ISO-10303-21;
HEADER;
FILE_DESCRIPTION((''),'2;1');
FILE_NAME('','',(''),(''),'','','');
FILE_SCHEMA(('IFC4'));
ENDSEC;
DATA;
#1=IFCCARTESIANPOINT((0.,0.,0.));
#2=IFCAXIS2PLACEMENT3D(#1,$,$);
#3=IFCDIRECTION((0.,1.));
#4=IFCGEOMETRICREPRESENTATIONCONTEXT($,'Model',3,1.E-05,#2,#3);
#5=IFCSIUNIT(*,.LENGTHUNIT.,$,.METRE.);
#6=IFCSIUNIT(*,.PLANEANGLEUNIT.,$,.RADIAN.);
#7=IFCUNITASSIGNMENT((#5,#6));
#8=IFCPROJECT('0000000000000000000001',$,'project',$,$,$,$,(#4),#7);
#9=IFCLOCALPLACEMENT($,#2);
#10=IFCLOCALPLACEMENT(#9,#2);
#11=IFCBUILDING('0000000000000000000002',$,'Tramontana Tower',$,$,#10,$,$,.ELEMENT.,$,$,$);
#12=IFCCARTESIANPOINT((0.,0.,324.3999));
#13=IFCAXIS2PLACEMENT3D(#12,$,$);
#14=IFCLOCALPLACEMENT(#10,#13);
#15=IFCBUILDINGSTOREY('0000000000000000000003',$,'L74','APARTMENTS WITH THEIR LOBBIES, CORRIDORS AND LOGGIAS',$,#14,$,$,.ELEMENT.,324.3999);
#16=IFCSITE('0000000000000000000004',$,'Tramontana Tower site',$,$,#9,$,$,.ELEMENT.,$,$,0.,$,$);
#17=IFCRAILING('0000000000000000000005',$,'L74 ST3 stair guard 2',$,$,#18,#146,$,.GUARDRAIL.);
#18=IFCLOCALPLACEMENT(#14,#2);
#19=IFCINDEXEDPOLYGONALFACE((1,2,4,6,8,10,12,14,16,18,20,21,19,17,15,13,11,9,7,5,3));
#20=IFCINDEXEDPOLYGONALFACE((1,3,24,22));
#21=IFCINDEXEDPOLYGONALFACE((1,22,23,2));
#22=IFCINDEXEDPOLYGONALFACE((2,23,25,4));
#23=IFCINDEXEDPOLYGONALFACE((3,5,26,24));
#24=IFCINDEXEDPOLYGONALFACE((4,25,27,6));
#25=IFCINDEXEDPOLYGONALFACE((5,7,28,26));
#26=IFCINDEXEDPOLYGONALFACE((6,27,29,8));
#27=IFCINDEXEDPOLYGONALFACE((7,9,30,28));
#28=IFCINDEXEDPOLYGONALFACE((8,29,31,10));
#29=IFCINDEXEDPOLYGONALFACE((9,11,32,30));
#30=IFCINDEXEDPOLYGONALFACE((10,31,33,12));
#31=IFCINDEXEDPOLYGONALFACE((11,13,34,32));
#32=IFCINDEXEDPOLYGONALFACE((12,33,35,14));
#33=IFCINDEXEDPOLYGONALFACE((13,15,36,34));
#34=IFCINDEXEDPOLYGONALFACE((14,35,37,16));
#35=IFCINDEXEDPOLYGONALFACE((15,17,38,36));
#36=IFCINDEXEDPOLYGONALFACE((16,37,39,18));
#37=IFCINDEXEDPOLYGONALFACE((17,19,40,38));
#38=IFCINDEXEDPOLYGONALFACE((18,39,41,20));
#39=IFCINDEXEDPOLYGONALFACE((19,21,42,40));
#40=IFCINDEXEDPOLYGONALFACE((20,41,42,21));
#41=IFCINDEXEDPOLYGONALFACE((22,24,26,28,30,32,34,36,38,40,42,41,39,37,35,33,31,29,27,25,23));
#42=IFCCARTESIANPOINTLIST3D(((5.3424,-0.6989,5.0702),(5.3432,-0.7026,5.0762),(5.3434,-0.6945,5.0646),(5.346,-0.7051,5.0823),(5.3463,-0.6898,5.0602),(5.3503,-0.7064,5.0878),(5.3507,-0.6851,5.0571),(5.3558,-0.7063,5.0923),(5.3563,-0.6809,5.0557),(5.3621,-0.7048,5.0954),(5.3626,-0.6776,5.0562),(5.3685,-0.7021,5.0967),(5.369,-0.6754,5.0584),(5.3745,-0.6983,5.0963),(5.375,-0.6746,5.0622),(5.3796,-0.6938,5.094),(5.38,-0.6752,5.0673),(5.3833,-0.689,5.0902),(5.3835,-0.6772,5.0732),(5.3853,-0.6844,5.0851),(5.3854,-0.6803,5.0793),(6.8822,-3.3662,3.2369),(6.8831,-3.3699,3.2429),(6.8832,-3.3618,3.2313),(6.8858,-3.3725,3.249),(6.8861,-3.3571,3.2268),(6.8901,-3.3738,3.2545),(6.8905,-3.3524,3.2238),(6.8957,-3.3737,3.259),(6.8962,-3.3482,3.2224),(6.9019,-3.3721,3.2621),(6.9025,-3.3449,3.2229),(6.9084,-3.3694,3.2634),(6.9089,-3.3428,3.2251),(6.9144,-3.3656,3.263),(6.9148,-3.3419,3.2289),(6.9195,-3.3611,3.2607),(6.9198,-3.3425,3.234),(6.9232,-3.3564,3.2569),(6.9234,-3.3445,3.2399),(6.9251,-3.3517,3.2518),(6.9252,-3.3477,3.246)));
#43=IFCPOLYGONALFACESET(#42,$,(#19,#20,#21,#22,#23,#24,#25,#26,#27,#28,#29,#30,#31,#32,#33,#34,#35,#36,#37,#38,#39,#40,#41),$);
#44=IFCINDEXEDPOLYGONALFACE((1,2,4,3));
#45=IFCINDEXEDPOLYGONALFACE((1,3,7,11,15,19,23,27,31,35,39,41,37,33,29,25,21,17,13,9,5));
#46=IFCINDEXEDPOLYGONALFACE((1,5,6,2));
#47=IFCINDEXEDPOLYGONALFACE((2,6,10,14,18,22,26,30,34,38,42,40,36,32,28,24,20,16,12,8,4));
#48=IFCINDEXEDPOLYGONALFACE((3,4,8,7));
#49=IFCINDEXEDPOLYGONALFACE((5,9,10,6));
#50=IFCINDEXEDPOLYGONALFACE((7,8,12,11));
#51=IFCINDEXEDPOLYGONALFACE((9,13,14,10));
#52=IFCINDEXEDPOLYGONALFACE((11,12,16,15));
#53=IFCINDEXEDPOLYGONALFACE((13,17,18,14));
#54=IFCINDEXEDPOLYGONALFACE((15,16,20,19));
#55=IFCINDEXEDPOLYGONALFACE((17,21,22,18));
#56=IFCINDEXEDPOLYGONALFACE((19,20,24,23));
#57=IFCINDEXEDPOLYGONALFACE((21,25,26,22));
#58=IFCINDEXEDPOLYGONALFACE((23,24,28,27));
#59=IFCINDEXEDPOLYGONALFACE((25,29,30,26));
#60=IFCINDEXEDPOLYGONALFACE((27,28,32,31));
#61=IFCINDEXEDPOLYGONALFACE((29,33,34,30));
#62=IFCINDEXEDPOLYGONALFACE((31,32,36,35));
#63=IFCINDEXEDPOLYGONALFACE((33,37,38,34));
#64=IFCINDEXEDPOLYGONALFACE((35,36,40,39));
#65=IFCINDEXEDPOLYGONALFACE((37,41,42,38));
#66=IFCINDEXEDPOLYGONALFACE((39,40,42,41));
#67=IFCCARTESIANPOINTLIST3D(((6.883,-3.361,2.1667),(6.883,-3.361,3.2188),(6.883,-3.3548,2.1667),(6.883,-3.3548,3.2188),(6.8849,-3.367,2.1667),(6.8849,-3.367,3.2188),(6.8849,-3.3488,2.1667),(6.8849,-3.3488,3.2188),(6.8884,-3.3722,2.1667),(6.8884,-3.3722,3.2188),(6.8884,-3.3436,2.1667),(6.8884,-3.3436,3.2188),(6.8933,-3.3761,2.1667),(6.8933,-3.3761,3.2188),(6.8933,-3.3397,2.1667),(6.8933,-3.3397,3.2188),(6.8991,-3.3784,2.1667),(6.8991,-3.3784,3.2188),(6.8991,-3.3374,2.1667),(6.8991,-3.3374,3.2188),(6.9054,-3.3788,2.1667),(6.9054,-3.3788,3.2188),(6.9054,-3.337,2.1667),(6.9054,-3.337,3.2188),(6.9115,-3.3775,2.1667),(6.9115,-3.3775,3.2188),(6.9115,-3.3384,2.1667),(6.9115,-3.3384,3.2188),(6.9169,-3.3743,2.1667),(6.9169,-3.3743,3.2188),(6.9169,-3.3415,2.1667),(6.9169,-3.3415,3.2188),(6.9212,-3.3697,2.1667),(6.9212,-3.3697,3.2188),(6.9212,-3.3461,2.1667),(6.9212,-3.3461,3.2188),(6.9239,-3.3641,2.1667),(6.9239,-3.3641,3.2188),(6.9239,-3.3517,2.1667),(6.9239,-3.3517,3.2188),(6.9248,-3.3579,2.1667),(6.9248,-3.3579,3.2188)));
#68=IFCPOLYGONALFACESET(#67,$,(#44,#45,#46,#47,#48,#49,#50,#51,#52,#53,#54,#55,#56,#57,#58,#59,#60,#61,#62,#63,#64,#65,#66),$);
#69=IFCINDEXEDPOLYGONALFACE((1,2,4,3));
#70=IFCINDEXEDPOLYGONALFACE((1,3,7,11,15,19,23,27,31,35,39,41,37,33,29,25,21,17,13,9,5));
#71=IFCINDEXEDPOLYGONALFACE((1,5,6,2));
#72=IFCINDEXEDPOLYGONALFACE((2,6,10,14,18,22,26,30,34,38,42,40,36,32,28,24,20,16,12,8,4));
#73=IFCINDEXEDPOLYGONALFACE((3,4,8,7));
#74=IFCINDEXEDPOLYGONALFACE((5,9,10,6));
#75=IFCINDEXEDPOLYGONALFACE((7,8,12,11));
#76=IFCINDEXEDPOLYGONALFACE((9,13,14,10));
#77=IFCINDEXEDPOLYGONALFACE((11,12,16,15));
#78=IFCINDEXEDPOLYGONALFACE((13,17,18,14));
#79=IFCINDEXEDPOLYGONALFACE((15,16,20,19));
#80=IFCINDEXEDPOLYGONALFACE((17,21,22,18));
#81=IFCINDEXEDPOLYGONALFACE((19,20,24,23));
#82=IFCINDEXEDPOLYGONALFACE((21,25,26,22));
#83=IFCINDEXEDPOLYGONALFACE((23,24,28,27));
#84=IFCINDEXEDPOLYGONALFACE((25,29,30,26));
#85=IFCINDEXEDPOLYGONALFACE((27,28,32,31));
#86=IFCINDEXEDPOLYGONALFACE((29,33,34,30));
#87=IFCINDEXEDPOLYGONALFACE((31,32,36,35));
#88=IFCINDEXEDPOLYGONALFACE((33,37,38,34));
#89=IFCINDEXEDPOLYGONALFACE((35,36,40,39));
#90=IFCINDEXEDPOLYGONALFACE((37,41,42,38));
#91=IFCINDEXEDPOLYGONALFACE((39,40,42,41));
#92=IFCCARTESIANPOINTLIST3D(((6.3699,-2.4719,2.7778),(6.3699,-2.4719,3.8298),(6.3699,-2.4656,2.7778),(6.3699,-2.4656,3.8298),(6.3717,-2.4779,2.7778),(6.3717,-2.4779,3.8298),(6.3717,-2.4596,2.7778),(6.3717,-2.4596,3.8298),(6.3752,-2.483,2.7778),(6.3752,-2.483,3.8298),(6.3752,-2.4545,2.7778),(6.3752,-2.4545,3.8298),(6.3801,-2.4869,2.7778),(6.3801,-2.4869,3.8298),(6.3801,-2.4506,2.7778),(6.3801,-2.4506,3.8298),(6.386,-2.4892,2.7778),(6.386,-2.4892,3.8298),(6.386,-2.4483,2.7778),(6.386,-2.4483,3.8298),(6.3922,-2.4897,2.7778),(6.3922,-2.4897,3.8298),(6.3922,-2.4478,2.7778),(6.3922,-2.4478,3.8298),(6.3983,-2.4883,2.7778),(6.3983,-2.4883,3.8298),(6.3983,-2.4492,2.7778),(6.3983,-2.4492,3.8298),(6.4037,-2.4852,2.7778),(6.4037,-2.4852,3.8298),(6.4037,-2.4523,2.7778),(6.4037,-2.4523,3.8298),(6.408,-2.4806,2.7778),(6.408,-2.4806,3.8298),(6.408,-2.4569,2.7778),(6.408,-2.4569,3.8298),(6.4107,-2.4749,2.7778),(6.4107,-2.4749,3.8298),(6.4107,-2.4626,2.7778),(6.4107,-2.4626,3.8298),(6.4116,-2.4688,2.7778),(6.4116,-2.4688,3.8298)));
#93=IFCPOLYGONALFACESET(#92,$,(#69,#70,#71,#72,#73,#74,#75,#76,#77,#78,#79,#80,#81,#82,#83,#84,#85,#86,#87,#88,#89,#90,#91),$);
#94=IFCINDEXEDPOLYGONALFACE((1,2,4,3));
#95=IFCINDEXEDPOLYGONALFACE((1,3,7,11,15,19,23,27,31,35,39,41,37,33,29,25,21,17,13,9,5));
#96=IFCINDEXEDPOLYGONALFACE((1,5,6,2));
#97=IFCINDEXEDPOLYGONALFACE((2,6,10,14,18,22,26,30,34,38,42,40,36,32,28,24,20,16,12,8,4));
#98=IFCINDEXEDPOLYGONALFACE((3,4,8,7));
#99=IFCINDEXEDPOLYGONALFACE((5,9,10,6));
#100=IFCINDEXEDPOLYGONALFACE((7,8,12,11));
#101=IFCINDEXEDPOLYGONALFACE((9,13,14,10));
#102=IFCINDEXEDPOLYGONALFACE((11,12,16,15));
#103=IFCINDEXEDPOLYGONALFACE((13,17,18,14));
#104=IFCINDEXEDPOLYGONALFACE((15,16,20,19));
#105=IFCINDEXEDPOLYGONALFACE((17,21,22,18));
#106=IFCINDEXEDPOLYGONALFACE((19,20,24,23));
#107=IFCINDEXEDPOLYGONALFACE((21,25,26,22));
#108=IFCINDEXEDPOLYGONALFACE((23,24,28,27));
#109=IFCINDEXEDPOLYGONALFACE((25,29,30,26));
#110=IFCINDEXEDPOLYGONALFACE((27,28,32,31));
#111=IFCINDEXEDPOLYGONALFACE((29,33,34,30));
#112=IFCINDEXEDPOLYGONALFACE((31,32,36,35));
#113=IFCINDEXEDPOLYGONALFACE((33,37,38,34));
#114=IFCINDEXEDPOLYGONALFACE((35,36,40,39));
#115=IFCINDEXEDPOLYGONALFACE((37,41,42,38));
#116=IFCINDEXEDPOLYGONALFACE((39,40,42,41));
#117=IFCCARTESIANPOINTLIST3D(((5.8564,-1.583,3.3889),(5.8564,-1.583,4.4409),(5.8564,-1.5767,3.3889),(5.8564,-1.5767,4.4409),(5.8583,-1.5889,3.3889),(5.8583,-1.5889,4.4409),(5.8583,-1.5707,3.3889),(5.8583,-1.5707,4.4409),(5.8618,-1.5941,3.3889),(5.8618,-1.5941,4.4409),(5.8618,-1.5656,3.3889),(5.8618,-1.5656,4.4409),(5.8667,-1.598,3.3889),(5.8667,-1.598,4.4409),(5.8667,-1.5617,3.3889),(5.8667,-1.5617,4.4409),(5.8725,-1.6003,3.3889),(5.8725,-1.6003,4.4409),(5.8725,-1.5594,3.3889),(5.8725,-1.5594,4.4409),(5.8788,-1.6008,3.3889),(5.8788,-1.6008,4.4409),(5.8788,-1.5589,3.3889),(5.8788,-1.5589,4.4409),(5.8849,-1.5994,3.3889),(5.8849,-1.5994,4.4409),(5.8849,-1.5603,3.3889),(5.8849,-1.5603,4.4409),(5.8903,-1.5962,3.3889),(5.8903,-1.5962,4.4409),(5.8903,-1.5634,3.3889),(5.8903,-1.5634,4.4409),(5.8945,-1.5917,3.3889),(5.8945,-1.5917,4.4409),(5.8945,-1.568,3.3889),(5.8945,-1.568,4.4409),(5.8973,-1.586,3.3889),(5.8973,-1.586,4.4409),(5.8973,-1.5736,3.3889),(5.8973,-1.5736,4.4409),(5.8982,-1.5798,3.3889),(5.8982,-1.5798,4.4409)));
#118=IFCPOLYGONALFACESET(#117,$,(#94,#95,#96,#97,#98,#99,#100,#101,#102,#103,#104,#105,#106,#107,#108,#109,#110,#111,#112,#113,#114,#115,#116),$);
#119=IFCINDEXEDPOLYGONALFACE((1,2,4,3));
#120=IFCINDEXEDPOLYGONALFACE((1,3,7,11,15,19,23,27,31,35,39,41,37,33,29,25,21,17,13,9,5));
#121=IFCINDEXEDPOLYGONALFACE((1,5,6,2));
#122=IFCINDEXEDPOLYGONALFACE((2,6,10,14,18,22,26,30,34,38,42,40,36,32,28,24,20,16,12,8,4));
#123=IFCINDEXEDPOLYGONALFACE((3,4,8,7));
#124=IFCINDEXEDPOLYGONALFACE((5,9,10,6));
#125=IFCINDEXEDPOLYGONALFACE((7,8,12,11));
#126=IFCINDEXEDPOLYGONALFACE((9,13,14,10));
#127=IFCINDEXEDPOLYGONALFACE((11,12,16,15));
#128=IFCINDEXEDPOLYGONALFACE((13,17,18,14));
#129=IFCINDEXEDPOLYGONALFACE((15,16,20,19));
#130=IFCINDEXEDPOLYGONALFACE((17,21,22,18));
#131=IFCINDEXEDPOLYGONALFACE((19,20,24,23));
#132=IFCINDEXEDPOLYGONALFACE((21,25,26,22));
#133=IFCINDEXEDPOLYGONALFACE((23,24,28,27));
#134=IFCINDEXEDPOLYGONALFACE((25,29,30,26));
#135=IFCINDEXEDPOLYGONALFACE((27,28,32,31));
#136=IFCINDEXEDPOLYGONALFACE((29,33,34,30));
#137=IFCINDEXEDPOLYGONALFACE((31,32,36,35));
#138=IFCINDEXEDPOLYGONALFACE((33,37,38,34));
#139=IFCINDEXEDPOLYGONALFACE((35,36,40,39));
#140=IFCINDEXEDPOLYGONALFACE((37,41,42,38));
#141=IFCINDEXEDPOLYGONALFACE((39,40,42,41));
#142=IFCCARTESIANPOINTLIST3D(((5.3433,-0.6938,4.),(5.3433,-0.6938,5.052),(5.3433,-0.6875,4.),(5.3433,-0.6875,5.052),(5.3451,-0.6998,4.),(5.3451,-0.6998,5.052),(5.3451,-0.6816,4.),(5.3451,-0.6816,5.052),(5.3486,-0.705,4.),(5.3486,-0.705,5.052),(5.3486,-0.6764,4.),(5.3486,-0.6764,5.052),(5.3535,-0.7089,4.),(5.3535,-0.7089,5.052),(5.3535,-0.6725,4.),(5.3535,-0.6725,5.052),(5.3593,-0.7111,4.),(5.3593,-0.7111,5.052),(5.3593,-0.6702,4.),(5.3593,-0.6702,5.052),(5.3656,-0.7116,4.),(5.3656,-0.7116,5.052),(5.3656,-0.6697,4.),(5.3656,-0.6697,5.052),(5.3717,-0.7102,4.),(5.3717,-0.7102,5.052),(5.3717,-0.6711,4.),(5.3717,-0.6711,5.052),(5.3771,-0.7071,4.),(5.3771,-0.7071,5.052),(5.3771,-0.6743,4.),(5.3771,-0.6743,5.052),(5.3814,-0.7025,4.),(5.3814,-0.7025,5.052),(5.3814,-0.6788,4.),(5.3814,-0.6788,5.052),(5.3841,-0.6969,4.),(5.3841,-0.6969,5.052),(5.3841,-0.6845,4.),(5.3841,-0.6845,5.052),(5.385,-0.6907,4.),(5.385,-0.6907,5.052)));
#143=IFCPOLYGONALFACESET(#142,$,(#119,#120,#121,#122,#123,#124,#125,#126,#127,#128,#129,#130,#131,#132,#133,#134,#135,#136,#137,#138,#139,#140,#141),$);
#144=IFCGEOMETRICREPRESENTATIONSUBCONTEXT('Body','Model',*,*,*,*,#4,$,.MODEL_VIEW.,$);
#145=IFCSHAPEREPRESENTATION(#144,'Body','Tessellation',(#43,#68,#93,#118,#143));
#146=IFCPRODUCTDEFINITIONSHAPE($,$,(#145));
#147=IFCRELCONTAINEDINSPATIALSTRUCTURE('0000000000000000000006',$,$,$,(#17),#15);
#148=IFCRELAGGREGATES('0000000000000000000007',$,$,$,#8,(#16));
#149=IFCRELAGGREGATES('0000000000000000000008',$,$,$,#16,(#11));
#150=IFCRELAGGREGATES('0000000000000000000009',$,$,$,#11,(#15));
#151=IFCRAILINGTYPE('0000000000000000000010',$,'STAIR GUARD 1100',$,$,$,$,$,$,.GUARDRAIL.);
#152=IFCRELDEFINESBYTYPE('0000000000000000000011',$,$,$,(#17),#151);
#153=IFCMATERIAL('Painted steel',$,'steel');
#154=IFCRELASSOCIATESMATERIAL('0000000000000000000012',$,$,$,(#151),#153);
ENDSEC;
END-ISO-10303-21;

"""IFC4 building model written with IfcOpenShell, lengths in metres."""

from ifc_helpers import new_model, si_unit, direction, frame, origin, origin_2d, place, context, subcontext, project, spatial, circle, extrude, material, type_object, element, save


model = new_model("IFC4")

# Units and contexts
model_context = context("Model", 3, precision=1e-05, world=origin(), true_north=direction((0.0, 1.0)))
body_context = subcontext(model_context, "Body", "Model", "MODEL_VIEW")
ifc_project = project(units=[si_unit("LENGTHUNIT", "METRE"), si_unit("PLANEANGLEUNIT", "RADIAN")], contexts=[model_context])

# Site, building, storey
site_placement = place(None, origin())
site = spatial("IfcSite", under=ifc_project, at=site_placement, Name="Tramontana Tower site", CompositionType="ELEMENT", RefElevation=0.0)
building_placement = place(site_placement, origin())
building = spatial("IfcBuilding", under=site, at=building_placement, Name="Tramontana Tower", CompositionType="ELEMENT")
storey_placement = place(building_placement, frame((0.0, 0.0, 324.3999)))
storey = spatial("IfcBuildingStorey", under=building, at=storey_placement, Name="L74", Description="APARTMENTS WITH THEIR LOBBIES, CORRIDORS AND LOGGIAS", CompositionType="ELEMENT", Elevation=324.3999)

# Railing
ifc_material_1 = material(Name="Painted steel", Category="steel")
railing_type_1 = type_object("IfcRailingType", Name="STAIR GUARD 1100", PredefinedType="GUARDRAIL", material=ifc_material_1)
railing_1_placement = place(storey_placement, frame((6.9038, -3.3579, 2.1667)))
element("IfcRailing", 1, at=railing_1_placement, inside=storey, type_object=railing_type_1, Name="L74 ST3 stair guard 2", PredefinedType="GUARDRAIL", context=body_context, shape_type="SweptSolid", body=[
    extrude(circle(Radius=0.0239, at=origin_2d()), frame((0.0, 0.0, 1.0762), z_axis=(-0.429616, 0.744181, 0.511493), x_axis=(-0.866044, -0.499967, 0.0)), (0.0, 0.0, 1.0), 3.5842),
    extrude(circle(Radius=0.021, at=origin_2d()), origin(), (0.0, 0.0, 1.0), 1.052),
    extrude(circle(Radius=0.021, at=origin_2d()), frame((-0.5132, 0.8892, 0.6111)), (0.0, 0.0, 1.0), 1.052),
    extrude(circle(Radius=0.021, at=origin_2d()), frame((-1.0266, 1.7781, 1.2222)), (0.0, 0.0, 1.0), 1.052),
    extrude(circle(Radius=0.021, at=origin_2d()), frame((-1.5398, 2.6672, 1.8333)), (0.0, 0.0, 1.0), 1.052),
])

save(model, "model.ifc")
